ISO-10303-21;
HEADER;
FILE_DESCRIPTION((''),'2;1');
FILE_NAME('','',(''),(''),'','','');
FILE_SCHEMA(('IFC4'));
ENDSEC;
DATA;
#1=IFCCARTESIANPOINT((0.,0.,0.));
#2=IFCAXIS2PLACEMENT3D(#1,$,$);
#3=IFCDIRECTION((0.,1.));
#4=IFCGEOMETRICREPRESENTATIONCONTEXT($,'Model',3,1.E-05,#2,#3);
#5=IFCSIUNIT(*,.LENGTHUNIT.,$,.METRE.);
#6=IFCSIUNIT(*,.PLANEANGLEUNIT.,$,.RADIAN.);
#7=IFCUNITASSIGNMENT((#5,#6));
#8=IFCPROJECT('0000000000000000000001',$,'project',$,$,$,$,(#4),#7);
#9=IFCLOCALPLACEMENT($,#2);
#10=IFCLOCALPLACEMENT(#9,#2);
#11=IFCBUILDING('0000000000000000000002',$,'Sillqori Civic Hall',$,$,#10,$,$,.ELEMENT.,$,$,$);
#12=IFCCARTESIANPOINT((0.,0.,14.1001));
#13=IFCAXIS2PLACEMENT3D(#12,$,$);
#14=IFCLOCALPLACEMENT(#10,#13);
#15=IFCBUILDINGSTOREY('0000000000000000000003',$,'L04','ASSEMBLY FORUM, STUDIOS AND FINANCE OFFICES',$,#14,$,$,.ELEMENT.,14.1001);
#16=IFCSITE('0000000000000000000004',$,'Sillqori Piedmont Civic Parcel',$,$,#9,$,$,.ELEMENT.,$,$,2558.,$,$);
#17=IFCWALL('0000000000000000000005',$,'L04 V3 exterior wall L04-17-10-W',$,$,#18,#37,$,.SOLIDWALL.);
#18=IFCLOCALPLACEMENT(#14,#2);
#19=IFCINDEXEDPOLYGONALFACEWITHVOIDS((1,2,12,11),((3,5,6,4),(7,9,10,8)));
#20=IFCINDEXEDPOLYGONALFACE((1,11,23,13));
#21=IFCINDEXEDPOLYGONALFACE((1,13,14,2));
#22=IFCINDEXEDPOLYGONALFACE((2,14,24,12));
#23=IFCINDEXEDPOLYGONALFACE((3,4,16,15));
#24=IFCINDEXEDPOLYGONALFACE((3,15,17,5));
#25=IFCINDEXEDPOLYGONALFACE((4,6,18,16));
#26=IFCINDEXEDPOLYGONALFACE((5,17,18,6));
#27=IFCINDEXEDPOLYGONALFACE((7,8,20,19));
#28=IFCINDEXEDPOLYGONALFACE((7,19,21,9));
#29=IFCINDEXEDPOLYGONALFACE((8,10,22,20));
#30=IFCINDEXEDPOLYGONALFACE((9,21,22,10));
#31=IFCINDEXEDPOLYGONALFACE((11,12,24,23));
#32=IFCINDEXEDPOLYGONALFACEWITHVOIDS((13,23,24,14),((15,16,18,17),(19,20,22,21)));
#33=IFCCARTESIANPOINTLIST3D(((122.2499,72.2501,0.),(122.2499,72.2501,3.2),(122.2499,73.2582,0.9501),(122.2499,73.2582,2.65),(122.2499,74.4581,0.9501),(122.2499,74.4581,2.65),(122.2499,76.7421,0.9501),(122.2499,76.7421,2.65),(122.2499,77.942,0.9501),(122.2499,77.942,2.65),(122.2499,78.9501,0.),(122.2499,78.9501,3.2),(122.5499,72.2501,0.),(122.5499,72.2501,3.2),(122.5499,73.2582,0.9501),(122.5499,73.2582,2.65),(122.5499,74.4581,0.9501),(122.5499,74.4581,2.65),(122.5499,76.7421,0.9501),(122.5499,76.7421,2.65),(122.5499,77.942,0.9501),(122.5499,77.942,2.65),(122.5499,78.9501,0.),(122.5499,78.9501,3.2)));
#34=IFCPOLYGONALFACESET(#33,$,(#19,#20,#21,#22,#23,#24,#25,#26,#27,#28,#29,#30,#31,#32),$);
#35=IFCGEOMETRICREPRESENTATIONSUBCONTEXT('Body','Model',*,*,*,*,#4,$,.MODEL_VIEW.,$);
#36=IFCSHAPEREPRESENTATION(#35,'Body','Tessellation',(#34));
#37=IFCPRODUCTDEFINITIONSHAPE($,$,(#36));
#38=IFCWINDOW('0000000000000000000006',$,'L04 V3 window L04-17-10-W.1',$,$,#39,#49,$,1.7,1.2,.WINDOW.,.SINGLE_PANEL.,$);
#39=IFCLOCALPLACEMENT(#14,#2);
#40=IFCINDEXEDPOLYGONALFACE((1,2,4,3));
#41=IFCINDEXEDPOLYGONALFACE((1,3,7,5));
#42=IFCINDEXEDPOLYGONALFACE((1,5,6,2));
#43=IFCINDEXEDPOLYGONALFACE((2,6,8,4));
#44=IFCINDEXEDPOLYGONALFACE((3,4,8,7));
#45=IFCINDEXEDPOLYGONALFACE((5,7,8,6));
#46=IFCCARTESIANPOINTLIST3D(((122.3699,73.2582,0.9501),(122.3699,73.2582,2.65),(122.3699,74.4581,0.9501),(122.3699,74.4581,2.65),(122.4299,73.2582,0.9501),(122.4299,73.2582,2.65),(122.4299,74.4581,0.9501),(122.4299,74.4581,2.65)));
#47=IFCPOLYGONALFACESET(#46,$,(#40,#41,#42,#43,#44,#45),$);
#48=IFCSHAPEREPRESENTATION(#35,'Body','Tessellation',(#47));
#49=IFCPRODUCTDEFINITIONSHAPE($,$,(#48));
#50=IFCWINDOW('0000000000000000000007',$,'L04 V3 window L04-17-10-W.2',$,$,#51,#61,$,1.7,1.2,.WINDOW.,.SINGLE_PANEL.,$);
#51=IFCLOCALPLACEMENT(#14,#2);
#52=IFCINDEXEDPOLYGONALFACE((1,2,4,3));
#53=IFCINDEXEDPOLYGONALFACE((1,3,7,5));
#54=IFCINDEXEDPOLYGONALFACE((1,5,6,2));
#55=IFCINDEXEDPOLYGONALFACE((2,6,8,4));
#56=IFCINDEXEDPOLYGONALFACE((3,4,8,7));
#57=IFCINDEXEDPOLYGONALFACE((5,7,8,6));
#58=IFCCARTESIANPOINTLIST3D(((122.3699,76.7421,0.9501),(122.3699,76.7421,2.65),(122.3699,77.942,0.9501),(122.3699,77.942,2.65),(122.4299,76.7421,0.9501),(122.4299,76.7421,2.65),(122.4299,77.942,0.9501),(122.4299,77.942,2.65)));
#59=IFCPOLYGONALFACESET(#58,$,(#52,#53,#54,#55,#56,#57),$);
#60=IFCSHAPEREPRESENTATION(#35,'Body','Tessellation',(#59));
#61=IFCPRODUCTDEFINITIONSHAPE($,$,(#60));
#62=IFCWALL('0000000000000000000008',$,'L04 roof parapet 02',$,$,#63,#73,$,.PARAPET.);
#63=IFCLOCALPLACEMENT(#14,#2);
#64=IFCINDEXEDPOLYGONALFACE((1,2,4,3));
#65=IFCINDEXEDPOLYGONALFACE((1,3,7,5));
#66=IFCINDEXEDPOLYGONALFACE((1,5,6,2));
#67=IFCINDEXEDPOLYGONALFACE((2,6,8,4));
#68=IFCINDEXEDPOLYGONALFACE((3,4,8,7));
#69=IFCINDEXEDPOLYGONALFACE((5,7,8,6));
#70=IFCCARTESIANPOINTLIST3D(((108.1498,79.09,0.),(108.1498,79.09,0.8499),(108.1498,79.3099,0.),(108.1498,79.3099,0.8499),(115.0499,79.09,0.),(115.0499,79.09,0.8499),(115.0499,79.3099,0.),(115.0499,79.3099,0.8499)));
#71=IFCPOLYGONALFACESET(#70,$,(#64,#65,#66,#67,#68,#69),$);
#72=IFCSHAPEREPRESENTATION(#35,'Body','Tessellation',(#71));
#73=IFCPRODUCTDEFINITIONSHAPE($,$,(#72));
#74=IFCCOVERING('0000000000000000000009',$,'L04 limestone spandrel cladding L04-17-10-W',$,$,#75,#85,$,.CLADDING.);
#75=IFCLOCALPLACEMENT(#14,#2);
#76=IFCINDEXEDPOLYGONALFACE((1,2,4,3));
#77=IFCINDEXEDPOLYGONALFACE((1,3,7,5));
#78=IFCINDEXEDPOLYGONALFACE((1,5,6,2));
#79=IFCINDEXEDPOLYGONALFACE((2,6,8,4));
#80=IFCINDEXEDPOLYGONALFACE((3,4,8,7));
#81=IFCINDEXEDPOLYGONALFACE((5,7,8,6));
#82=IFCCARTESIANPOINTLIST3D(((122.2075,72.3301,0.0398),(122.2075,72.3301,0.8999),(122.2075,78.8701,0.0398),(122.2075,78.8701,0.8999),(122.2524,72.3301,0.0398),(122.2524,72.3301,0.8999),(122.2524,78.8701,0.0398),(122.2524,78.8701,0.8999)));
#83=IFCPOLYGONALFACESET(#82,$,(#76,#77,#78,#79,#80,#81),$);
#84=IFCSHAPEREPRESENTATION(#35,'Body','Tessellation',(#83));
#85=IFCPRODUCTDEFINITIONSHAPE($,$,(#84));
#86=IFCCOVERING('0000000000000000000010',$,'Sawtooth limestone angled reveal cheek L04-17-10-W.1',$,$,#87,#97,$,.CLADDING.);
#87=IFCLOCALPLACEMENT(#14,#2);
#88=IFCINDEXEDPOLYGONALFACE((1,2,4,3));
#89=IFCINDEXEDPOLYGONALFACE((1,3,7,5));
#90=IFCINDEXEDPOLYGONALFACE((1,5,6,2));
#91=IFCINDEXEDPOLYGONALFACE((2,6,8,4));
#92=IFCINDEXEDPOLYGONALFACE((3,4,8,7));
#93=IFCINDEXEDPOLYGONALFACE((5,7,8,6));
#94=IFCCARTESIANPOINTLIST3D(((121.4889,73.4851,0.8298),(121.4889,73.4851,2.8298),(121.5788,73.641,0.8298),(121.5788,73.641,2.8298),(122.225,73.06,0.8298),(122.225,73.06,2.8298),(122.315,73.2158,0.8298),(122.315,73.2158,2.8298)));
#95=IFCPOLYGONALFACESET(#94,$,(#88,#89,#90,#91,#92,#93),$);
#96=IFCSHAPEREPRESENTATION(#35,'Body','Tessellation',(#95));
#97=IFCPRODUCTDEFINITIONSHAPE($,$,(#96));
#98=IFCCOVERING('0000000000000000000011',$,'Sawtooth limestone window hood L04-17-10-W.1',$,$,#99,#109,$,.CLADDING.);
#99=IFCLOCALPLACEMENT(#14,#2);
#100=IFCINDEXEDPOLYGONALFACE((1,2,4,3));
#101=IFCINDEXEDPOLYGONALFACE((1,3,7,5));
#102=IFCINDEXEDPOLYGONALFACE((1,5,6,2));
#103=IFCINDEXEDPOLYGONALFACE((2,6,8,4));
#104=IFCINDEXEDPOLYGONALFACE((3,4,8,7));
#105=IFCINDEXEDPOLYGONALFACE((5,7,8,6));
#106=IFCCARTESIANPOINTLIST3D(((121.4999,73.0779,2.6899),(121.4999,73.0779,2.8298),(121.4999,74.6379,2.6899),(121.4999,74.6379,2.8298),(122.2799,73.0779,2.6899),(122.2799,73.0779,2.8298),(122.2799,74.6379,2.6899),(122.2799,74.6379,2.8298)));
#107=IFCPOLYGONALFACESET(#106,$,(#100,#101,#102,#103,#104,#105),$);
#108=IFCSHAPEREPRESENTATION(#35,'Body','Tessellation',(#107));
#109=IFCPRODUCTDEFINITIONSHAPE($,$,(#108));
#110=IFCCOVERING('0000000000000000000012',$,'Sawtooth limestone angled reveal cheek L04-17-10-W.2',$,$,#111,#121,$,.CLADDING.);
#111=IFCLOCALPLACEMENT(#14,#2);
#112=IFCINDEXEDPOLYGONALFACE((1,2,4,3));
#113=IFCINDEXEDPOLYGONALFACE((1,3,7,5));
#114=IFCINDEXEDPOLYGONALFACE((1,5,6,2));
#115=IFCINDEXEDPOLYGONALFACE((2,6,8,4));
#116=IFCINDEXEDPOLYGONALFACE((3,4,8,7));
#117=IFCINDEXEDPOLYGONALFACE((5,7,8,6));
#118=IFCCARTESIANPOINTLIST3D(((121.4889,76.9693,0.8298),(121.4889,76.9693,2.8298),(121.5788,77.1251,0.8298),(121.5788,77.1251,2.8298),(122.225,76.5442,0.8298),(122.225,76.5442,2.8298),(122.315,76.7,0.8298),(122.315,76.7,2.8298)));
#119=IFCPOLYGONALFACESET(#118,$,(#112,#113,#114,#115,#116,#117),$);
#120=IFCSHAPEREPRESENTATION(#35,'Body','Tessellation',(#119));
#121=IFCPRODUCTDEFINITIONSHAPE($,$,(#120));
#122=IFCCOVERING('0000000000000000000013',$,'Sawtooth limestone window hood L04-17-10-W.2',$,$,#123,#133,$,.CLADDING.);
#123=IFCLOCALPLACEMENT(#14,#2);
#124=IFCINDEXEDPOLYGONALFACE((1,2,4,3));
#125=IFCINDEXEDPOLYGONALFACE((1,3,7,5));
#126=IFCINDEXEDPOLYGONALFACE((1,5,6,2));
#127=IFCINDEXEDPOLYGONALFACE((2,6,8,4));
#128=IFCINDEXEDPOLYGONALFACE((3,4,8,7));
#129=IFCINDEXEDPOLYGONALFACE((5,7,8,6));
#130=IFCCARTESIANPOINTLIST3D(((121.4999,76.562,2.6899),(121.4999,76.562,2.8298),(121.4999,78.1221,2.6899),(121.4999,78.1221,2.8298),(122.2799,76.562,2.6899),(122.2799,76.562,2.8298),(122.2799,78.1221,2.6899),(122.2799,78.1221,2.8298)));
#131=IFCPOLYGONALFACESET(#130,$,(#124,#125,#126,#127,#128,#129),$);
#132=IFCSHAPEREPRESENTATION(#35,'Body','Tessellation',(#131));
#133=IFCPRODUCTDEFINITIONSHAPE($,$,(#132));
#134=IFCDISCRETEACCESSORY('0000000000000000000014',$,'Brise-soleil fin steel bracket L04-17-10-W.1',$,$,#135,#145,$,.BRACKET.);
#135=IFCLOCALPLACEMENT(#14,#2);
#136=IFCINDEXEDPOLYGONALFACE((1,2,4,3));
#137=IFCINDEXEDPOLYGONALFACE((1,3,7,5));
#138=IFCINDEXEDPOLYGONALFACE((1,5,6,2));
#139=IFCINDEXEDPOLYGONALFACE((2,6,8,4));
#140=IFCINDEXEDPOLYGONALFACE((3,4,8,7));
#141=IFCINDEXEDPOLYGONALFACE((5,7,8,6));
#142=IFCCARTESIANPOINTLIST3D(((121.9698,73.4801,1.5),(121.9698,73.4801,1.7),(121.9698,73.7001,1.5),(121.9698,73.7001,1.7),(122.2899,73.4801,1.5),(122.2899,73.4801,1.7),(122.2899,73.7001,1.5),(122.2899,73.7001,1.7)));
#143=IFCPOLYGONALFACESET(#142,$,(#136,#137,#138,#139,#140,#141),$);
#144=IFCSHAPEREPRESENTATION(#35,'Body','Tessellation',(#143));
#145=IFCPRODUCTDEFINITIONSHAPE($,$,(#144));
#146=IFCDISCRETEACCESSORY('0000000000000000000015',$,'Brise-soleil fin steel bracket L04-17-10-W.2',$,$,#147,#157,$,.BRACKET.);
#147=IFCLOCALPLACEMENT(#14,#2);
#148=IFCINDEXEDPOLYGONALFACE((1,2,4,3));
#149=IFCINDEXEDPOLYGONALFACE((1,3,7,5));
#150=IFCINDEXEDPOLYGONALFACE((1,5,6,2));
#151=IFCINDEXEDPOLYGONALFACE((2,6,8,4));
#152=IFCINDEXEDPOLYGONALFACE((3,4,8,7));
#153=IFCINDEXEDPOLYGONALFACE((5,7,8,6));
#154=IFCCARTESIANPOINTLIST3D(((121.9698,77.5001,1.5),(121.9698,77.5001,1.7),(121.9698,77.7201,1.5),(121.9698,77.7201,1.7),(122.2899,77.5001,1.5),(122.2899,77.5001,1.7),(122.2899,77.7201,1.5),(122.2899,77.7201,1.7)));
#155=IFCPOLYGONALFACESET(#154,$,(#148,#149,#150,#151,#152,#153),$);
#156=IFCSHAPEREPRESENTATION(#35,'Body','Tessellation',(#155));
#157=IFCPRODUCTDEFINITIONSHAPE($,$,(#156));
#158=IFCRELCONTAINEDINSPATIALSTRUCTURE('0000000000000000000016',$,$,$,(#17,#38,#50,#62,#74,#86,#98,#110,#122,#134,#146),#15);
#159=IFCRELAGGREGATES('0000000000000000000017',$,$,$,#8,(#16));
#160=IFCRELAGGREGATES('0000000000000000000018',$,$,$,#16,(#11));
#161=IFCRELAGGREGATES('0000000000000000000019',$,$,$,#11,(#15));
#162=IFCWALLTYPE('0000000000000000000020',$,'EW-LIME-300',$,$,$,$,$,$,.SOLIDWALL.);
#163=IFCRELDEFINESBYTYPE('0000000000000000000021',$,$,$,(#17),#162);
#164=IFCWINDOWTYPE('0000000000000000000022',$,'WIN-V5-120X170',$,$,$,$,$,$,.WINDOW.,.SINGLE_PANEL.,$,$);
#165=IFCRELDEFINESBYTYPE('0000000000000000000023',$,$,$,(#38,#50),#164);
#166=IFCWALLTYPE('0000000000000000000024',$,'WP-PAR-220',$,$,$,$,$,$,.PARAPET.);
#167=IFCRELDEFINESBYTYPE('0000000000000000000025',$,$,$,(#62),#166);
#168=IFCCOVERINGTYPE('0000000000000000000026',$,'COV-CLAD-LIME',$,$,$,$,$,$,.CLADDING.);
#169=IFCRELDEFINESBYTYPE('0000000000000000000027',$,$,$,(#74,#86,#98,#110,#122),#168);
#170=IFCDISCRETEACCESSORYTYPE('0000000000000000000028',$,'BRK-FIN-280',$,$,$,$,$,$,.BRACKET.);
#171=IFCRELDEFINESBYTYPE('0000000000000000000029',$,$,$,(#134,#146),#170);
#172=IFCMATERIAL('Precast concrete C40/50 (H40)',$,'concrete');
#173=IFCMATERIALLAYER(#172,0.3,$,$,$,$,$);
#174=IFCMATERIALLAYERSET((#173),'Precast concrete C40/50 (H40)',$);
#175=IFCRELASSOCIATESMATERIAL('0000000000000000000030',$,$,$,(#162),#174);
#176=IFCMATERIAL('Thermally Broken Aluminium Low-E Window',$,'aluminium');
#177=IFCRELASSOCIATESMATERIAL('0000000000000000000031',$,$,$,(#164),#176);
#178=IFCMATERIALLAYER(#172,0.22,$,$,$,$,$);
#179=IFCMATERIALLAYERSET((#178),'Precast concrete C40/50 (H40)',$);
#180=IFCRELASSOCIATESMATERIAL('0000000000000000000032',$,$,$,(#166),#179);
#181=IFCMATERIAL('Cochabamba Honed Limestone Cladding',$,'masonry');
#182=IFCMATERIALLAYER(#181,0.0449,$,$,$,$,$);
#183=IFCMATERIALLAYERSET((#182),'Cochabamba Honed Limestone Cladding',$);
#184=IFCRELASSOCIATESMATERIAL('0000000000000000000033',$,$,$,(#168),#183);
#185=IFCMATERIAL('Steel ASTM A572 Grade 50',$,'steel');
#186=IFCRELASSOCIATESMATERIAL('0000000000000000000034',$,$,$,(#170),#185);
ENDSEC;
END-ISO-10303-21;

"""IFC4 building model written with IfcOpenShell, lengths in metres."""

from ifc_helpers import new_model, si_unit, direction, frame, frame_2d, origin, origin_2d, place, context, subcontext, project, spatial, rectangle, extrude, material, layer, layer_set, type_object, element, fill, save


model = new_model("IFC4")

# Units and contexts
model_context = context("Model", 3, precision=1e-05, world=origin(), true_north=direction((0.0, 1.0)))
body_context = subcontext(model_context, "Body", "Model", "MODEL_VIEW")
ifc_project = project(units=[si_unit("LENGTHUNIT", "METRE"), si_unit("PLANEANGLEUNIT", "RADIAN")], contexts=[model_context])

# Site, building, storey
site_placement = place(None, origin())
site = spatial("IfcSite", under=ifc_project, at=site_placement, Name="Sillqori Piedmont Civic Parcel", CompositionType="ELEMENT", RefElevation=2558.0)
building_placement = place(site_placement, origin())
building = spatial("IfcBuilding", under=site, at=building_placement, Name="Sillqori Civic Hall", CompositionType="ELEMENT")
storey_placement = place(building_placement, frame((0.0, 0.0, 14.1001)))
storey = spatial("IfcBuildingStorey", under=building, at=storey_placement, Name="L04", Description="ASSEMBLY FORUM, STUDIOS AND FINANCE OFFICES", CompositionType="ELEMENT", Elevation=14.1001)

# Shared definitions
ifc_material_1 = material(Name="Precast concrete C40/50 (H40)", Category="concrete")

# Wall, openings, windows
ifc_layer_1 = layer(ifc_material_1, 0.3)
ifc_layer_set_1 = layer_set([ifc_layer_1], Name="Precast concrete C40/50 (H40)")
wall_type_1 = type_object("IfcWallType", Name="EW-LIME-300", PredefinedType="SOLIDWALL", material=ifc_layer_set_1)
wall_1_placement = place(storey_placement, frame((122.3999, 72.25, 0.0), z_axis=(0.0, 0.0, 1.0), x_axis=(0.0, 1.0, 0.0)))
wall_1 = element("IfcWall", 1, at=wall_1_placement, inside=storey, type_object=wall_type_1, Name="L04 V3 exterior wall L04-17-10-W", PredefinedType="SOLIDWALL", context=body_context, shape_type="SweptSolid", body=[
    extrude(rectangle(XDim=6.7, YDim=0.3, at=frame_2d((3.3501, 0.0))), origin(), (0.0, 0.0, 1.0), 3.2),
])
opening_1_placement = place(wall_1_placement, frame((1.0081, 0.0, 0.95)))
opening_1 = element("IfcOpeningElement", 2, at=opening_1_placement, cuts=wall_1, PredefinedType="OPENING", context=body_context, shape_type="SweptSolid", body=[
    extrude(rectangle(XDim=1.2, YDim=1.7, at=frame_2d((0.6001, 0.8501))), frame((0.0, 0.1599, 0.0), z_axis=(0.0, -1.0, 0.0), x_axis=(1.0, 0.0, 0.0)), (0.0, 0.0, 1.0), 0.3201),
])
opening_2_placement = place(wall_1_placement, frame((4.4919, 0.0, 0.95)))
opening_2 = element("IfcOpeningElement", 3, at=opening_2_placement, cuts=wall_1, PredefinedType="OPENING", context=body_context, shape_type="SweptSolid", body=[
    extrude(rectangle(XDim=1.2, YDim=1.7, at=frame_2d((0.6001, 0.8501))), frame((0.0, 0.1599, 0.0), z_axis=(0.0, -1.0, 0.0), x_axis=(1.0, 0.0, 0.0)), (0.0, 0.0, 1.0), 0.3201),
])
ifc_material_2 = material(Name="Thermally Broken Aluminium Low-E Window", Category="aluminium")
window_type = type_object("IfcWindowType", Name="WIN-V5-120X170", PartitioningType="SINGLE_PANEL", PredefinedType="WINDOW", material=ifc_material_2)
window_1_placement = place(opening_1_placement, origin())
window_1 = element("IfcWindow", 4, at=window_1_placement, inside=storey, type_object=window_type, Name="L04 V3 window L04-17-10-W.1", OverallHeight=1.7, OverallWidth=1.2, PartitioningType="SINGLE_PANEL", PredefinedType="WINDOW", context=body_context, shape_type="SweptSolid", body=[
    extrude(rectangle(XDim=1.2, YDim=1.7, at=frame_2d((0.6001, 0.8501))), frame((0.0, 0.03, 0.0), z_axis=(0.0, -1.0, 0.0), x_axis=(1.0, 0.0, 0.0)), (0.0, 0.0, 1.0), 0.0601),
])
fill(opening_1, window_1)
window_2_placement = place(opening_2_placement, origin())
window_2 = element("IfcWindow", 5, at=window_2_placement, inside=storey, type_object=window_type, Name="L04 V3 window L04-17-10-W.2", OverallHeight=1.7, OverallWidth=1.2, PartitioningType="SINGLE_PANEL", PredefinedType="WINDOW", context=body_context, shape_type="SweptSolid", body=[
    extrude(rectangle(XDim=1.2, YDim=1.7, at=frame_2d((0.6001, 0.8501))), frame((0.0, 0.03, 0.0), z_axis=(0.0, -1.0, 0.0), x_axis=(1.0, 0.0, 0.0)), (0.0, 0.0, 1.0), 0.0601),
])
fill(opening_2, window_2)

# Wall
ifc_layer_2 = layer(ifc_material_1, 0.22)
ifc_layer_set_2 = layer_set([ifc_layer_2], Name="Precast concrete C40/50 (H40)")
wall_type_2 = type_object("IfcWallType", Name="WP-PAR-220", PredefinedType="PARAPET", material=ifc_layer_set_2)
wall_2_placement = place(storey_placement, frame((115.05, 79.2, 0.0), z_axis=(0.0, 0.0, 1.0), x_axis=(-1.0, 0.0, 0.0)))
element("IfcWall", 6, at=wall_2_placement, inside=storey, type_object=wall_type_2, Name="L04 roof parapet 02", PredefinedType="PARAPET", context=body_context, shape_type="SweptSolid", body=[
    extrude(rectangle(XDim=6.9001, YDim=0.22, at=frame_2d((3.4502, 0.0))), origin(), (0.0, 0.0, 1.0), 0.8499),
])

# Coverings
ifc_material_3 = material(Name="Cochabamba Honed Limestone Cladding", Category="masonry")
ifc_layer_3 = layer(ifc_material_3, 0.0449)
ifc_layer_set_3 = layer_set([ifc_layer_3], Name="Cochabamba Honed Limestone Cladding")
covering_type = type_object("IfcCoveringType", Name="COV-CLAD-LIME", PredefinedType="CLADDING", material=ifc_layer_set_3)
covering_1_placement = place(storey_placement, frame((122.23, 72.3301, 0.0398), z_axis=(0.0, 0.0, 1.0), x_axis=(0.0, 1.0, 0.0)))
element("IfcCovering", 7, at=covering_1_placement, inside=storey, type_object=covering_type, Name="L04 limestone spandrel cladding L04-17-10-W", PredefinedType="CLADDING", context=body_context, shape_type="SweptSolid", body=[
    extrude(rectangle(XDim=6.54, YDim=0.0449, at=frame_2d((3.27, 0.0))), origin(), (0.0, 0.0, 1.0), 0.8601),
])
covering_2_placement = place(storey_placement, frame((122.27, 73.1379, 0.8298), z_axis=(0.0, 0.0, 1.0), x_axis=(-0.865989, 0.500062, 0.0)))
element("IfcCovering", 8, at=covering_2_placement, inside=storey, type_object=covering_type, Name="Sawtooth limestone angled reveal cheek L04-17-10-W.1", PredefinedType="CLADDING", context=body_context, shape_type="SweptSolid", body=[
    extrude(rectangle(XDim=0.8501, YDim=0.1799, at=frame_2d((0.425, 0.0))), origin(), (0.0, 0.0, 1.0), 2.0),
])
covering_3_placement = place(storey_placement, frame((121.8899, 73.0779, 2.6899), z_axis=(0.0, 0.0, 1.0), x_axis=(0.0, 1.0, 0.0)))
element("IfcCovering", 9, at=covering_3_placement, inside=storey, type_object=covering_type, Name="Sawtooth limestone window hood L04-17-10-W.1", PredefinedType="CLADDING", context=body_context, shape_type="SweptSolid", body=[
    extrude(rectangle(XDim=1.5601, YDim=0.78, at=frame_2d((0.78, 0.0))), origin(), (0.0, 0.0, 1.0), 0.1399),
])
covering_4_placement = place(storey_placement, frame((122.27, 76.6221, 0.8298), z_axis=(0.0, 0.0, 1.0), x_axis=(-0.865989, 0.500062, 0.0)))
element("IfcCovering", 10, at=covering_4_placement, inside=storey, type_object=covering_type, Name="Sawtooth limestone angled reveal cheek L04-17-10-W.2", PredefinedType="CLADDING", context=body_context, shape_type="SweptSolid", body=[
    extrude(rectangle(XDim=0.8501, YDim=0.1799, at=frame_2d((0.425, 0.0))), origin(), (0.0, 0.0, 1.0), 2.0),
])
covering_5_placement = place(storey_placement, frame((121.8899, 76.562, 2.6899), z_axis=(0.0, 0.0, 1.0), x_axis=(0.0, 1.0, 0.0)))
element("IfcCovering", 11, at=covering_5_placement, inside=storey, type_object=covering_type, Name="Sawtooth limestone window hood L04-17-10-W.2", PredefinedType="CLADDING", context=body_context, shape_type="SweptSolid", body=[
    extrude(rectangle(XDim=1.5601, YDim=0.78, at=frame_2d((0.78, 0.0))), origin(), (0.0, 0.0, 1.0), 0.1399),
])

# Discrete accessories
ifc_material_4 = material(Name="Steel ASTM A572 Grade 50", Category="steel")
discrete_accessory_type = type_object("IfcDiscreteAccessoryType", Name="BRK-FIN-280", PredefinedType="BRACKET", material=ifc_material_4)
for number, where, z_axis, x_axis, name in (
    (12, (122.1299, 73.5901, 1.5), (0.0, 0.0, 1.0), (0.0, 1.0, 0.0), "Brise-soleil fin steel bracket L04-17-10-W.1"),
    (13, (122.1299, 77.6101, 1.5), (0.0, 0.0, 1.0), (0.0, 1.0, 0.0), "Brise-soleil fin steel bracket L04-17-10-W.2"),
):
    element("IfcDiscreteAccessory", number, at=place(storey_placement, frame(where, z_axis=z_axis, x_axis=x_axis)), inside=storey, type_object=discrete_accessory_type, Name=name, PredefinedType="BRACKET", context=body_context, shape_type="SweptSolid", body=[
        extrude(rectangle(XDim=0.22, YDim=0.3201, at=origin_2d()), origin(), (0.0, 0.0, 1.0), 0.2),
    ])

save(model, "model.ifc")
